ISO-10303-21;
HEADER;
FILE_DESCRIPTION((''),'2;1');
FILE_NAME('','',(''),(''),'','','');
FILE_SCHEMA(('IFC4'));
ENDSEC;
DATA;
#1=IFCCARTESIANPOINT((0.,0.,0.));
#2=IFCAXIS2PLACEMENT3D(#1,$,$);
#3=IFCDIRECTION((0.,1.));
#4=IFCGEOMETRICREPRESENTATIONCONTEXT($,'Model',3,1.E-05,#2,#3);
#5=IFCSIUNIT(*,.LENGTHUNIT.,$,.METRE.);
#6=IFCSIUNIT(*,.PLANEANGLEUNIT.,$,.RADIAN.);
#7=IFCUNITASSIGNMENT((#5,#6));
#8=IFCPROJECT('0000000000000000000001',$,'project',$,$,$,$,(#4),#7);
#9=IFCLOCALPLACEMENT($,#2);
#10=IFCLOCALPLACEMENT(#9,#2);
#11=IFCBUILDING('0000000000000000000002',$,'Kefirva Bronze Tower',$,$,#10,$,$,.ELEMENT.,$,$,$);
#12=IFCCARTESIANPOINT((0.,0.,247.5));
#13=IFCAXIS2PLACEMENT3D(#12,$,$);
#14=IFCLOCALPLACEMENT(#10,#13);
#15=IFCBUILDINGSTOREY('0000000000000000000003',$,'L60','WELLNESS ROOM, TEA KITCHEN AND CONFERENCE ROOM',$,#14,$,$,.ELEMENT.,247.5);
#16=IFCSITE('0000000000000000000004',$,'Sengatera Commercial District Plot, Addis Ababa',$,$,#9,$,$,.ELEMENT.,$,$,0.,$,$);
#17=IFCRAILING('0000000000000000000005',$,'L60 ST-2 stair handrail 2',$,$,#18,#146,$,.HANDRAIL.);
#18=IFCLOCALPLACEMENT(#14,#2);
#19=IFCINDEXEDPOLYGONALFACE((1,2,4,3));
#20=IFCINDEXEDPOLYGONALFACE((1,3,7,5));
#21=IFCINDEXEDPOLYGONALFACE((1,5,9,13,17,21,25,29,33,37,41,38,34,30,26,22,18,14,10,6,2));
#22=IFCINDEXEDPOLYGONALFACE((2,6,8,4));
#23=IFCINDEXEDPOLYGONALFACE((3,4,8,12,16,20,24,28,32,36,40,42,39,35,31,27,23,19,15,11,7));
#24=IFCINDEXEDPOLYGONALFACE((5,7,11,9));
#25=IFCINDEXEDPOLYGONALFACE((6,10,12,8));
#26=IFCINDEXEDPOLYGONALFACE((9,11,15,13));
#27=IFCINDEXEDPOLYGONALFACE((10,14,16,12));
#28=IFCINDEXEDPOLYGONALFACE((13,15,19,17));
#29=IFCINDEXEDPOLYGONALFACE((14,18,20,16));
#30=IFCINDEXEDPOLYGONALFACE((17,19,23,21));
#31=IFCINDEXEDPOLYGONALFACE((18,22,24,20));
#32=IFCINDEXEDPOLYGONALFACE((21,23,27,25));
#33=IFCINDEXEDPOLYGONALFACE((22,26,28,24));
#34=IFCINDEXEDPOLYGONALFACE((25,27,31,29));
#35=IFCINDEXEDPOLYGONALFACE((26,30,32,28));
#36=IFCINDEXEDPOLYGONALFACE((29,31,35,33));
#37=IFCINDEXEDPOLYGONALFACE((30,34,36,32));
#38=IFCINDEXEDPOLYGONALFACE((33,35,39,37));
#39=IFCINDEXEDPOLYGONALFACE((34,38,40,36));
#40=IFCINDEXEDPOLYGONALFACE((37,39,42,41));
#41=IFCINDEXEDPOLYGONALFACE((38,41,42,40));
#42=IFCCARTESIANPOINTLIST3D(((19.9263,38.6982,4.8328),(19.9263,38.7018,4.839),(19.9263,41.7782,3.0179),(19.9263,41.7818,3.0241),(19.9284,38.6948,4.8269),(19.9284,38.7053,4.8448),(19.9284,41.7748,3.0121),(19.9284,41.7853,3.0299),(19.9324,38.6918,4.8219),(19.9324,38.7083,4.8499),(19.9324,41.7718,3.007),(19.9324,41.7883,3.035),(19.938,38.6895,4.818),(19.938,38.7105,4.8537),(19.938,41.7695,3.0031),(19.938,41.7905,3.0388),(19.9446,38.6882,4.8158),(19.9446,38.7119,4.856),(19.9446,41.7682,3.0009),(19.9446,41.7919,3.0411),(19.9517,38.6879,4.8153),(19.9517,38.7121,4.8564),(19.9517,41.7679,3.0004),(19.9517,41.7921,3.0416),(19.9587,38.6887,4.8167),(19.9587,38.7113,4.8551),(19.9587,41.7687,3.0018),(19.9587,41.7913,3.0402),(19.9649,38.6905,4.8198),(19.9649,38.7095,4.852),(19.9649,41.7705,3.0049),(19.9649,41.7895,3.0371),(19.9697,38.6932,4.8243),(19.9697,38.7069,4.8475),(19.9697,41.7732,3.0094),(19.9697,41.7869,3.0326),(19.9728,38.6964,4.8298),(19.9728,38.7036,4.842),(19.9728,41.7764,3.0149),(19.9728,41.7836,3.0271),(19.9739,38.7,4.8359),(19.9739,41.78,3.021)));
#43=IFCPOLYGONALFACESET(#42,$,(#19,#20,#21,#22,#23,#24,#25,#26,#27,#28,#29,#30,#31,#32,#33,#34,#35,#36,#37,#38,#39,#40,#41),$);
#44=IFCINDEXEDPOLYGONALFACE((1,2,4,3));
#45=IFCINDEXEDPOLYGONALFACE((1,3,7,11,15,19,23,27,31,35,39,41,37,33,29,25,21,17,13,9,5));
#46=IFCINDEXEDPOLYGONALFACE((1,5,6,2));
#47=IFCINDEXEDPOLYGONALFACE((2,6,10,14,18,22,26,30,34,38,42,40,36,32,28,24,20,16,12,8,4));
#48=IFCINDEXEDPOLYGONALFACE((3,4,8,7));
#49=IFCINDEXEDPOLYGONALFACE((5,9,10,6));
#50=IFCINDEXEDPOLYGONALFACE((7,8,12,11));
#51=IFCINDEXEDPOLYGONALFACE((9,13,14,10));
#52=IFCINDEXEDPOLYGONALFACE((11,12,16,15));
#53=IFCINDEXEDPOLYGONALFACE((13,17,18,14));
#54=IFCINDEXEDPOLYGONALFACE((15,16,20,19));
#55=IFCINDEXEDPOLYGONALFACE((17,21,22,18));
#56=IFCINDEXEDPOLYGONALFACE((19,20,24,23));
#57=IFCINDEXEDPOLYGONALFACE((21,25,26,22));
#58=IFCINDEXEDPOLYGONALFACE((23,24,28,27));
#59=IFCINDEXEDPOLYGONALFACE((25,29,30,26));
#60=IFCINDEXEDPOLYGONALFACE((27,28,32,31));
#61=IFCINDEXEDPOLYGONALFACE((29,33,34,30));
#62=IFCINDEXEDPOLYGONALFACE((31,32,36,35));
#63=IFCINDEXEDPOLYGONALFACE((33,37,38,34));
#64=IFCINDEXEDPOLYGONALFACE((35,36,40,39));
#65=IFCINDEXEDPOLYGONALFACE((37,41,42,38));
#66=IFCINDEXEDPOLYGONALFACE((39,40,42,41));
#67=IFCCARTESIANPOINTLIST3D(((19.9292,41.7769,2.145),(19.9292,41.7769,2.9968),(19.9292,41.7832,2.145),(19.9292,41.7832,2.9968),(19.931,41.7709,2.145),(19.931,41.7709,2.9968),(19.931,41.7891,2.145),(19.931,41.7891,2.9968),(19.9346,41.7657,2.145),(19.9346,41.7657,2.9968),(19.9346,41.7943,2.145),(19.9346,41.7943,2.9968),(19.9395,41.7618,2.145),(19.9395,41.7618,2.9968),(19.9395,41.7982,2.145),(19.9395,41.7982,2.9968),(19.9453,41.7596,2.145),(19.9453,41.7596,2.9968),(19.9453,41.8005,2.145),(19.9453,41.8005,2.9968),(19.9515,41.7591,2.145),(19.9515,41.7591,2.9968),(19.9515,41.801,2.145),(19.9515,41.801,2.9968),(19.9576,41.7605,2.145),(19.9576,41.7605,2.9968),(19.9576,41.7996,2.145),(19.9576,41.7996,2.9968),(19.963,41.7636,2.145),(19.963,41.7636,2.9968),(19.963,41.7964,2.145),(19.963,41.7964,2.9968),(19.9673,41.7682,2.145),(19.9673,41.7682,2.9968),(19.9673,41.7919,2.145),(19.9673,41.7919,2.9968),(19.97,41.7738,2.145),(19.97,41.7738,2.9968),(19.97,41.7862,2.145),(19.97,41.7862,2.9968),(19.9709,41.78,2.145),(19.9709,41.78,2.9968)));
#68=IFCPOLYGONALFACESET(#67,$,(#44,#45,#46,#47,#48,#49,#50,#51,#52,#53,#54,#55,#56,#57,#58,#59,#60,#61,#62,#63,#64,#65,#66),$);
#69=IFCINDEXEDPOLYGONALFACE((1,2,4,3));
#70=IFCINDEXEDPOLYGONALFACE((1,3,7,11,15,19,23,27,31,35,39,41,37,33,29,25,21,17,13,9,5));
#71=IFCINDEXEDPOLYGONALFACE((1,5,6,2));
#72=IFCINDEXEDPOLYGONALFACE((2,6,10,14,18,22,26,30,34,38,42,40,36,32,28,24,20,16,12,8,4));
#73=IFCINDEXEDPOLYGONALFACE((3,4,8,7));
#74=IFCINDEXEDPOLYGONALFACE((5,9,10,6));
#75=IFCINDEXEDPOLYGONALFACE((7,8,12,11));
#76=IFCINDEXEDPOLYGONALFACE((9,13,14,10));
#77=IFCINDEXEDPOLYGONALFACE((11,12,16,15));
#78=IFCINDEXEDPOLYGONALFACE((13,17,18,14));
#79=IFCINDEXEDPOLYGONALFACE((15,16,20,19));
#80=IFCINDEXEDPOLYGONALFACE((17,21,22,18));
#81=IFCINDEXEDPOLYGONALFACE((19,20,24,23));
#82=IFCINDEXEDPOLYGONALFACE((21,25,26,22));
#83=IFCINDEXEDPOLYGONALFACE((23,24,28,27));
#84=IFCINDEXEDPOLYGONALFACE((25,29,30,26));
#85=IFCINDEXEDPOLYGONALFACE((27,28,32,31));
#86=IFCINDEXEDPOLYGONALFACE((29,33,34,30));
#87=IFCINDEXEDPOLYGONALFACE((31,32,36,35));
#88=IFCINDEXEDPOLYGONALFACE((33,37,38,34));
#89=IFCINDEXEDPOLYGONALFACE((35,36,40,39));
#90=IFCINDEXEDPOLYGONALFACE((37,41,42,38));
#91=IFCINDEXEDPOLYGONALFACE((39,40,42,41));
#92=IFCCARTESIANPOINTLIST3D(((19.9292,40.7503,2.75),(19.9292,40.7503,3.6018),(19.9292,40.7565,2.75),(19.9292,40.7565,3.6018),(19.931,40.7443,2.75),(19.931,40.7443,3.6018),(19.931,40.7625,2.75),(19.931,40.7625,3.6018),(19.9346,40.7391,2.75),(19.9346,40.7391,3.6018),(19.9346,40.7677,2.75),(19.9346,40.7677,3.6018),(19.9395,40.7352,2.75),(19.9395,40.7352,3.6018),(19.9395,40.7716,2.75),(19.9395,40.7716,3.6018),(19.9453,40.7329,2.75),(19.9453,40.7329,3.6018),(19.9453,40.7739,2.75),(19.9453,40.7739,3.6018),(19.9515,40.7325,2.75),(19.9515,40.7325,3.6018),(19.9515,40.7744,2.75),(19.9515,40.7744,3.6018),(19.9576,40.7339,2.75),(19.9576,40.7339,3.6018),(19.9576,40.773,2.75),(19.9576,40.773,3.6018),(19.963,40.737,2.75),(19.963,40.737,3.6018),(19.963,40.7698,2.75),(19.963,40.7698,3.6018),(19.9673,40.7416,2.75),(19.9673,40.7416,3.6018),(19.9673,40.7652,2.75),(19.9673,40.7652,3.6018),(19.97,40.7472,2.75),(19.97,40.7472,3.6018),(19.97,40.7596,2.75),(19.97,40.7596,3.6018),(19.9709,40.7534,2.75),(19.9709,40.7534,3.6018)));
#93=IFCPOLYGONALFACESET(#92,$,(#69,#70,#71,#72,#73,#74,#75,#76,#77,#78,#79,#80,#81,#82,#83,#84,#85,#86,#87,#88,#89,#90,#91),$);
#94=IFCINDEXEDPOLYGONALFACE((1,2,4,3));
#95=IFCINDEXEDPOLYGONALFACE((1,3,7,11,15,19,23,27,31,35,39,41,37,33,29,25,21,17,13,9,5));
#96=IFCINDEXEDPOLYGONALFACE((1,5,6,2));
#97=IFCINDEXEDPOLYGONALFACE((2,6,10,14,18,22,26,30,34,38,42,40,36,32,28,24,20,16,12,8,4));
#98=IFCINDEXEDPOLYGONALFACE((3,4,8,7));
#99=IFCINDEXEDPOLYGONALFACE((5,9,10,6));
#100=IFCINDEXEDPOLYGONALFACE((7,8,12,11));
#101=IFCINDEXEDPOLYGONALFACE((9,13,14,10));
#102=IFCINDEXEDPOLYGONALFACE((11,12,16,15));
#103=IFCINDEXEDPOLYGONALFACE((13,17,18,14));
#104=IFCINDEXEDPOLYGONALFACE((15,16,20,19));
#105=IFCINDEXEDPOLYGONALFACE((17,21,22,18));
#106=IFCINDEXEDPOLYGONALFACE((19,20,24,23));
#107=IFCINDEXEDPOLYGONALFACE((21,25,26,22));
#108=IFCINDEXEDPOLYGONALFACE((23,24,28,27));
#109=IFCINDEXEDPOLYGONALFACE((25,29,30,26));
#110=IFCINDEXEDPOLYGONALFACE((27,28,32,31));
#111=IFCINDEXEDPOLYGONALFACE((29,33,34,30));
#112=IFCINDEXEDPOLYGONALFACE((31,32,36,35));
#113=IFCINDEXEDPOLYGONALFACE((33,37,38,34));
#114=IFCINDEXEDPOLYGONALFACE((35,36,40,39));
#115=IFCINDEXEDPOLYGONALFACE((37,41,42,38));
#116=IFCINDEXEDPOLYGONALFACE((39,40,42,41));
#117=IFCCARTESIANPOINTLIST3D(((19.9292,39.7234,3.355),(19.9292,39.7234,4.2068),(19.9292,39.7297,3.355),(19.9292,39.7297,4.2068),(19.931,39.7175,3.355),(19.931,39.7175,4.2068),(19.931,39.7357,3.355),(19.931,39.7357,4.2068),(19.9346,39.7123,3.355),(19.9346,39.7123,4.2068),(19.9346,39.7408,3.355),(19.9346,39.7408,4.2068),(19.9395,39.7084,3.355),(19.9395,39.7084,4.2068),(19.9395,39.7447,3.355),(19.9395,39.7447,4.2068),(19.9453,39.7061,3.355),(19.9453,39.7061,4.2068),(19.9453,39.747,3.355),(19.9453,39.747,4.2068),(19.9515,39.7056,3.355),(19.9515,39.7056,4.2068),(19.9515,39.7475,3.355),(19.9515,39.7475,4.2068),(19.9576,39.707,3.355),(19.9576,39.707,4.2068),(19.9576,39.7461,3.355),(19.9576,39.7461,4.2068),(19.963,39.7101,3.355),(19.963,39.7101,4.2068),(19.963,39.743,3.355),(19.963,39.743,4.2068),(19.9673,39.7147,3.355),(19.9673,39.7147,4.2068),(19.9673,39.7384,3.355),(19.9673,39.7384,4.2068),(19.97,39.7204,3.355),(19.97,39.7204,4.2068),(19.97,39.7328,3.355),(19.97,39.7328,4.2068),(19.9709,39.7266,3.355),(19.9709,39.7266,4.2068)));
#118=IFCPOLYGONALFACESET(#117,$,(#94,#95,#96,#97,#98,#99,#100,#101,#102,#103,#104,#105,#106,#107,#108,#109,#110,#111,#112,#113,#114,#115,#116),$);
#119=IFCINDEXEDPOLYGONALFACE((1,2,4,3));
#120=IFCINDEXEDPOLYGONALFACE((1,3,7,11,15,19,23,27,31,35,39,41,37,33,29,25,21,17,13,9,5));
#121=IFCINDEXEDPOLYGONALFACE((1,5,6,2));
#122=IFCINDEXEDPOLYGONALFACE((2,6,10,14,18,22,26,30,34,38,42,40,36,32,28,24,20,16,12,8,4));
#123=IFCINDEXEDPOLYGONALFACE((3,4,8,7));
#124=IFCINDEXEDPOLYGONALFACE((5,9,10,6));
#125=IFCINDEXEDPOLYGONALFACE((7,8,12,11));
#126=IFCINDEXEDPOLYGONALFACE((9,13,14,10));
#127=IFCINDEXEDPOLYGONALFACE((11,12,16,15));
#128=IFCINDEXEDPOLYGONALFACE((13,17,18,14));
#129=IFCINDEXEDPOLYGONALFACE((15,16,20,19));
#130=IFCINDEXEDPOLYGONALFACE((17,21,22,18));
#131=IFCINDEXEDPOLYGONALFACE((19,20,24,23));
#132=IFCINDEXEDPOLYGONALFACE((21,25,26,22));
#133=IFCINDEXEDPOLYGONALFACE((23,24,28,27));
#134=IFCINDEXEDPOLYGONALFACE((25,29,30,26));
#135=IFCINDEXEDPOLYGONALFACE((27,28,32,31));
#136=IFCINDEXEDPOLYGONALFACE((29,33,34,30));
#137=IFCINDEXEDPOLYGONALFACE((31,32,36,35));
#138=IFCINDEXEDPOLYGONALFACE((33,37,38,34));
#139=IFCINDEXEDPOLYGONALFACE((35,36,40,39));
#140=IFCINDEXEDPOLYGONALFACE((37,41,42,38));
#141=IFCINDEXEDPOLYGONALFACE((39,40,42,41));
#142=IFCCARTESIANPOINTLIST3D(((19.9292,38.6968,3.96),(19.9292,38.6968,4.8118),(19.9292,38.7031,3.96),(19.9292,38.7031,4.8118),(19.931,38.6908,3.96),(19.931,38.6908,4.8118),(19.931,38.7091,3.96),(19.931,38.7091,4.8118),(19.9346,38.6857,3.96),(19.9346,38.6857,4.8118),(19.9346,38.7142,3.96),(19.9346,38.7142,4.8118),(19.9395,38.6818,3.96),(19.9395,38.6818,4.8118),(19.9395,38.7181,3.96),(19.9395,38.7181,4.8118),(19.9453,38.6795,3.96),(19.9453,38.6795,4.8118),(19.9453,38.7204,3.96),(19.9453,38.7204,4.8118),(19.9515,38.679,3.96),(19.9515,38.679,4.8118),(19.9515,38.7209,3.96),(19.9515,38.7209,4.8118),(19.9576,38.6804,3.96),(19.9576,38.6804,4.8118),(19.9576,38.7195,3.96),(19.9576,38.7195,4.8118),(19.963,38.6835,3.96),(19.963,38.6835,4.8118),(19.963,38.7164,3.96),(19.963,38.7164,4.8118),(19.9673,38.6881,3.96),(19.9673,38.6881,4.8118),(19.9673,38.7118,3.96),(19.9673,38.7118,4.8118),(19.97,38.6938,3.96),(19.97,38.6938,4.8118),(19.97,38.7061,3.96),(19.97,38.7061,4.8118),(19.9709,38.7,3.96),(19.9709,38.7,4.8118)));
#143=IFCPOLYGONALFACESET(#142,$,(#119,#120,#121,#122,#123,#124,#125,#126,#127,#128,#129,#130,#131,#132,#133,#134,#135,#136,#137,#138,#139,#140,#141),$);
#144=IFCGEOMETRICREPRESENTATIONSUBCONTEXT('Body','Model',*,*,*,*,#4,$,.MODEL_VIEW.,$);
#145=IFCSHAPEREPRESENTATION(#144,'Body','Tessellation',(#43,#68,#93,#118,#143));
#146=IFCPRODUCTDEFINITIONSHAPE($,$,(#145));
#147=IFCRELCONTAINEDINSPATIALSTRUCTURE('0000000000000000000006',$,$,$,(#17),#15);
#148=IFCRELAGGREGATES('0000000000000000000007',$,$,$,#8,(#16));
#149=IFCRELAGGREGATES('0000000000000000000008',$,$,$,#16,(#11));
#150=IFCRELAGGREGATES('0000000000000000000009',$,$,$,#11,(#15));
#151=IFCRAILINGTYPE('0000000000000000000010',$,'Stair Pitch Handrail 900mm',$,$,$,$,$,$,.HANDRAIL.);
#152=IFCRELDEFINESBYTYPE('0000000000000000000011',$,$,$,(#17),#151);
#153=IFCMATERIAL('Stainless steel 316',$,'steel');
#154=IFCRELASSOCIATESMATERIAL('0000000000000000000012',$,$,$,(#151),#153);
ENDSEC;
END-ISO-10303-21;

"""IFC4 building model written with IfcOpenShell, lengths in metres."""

from ifc_helpers import new_model, si_unit, direction, frame, origin, origin_2d, place, context, subcontext, project, spatial, circle, extrude, material, type_object, element, save


model = new_model("IFC4")

# Units and contexts
model_context = context("Model", 3, precision=1e-05, world=origin(), true_north=direction((0.0, 1.0)))
body_context = subcontext(model_context, "Body", "Model", "MODEL_VIEW")
ifc_project = project(units=[si_unit("LENGTHUNIT", "METRE"), si_unit("PLANEANGLEUNIT", "RADIAN")], contexts=[model_context])

# Site, building, storey
site_placement = place(None, origin())
site = spatial("IfcSite", under=ifc_project, at=site_placement, Name="Sengatera Commercial District Plot, Addis Ababa", CompositionType="ELEMENT", RefElevation=0.0)
building_placement = place(site_placement, origin())
building = spatial("IfcBuilding", under=site, at=building_placement, Name="Kefirva Bronze Tower", CompositionType="ELEMENT")
storey_placement = place(building_placement, frame((0.0, 0.0, 247.5)))
storey = spatial("IfcBuildingStorey", under=building, at=storey_placement, Name="L60", Description="WELLNESS ROOM, TEA KITCHEN AND CONFERENCE ROOM", CompositionType="ELEMENT", Elevation=247.5)

# Shared definitions
ifc_material_1 = material(Name="Stainless steel 316", Category="steel")

# Railing
railing_type_1 = type_object("IfcRailingType", Name="Stair Pitch Handrail 900mm", PredefinedType="HANDRAIL", material=ifc_material_1)
railing_1_placement = place(storey_placement, frame((19.95, 41.78, 2.145)))
element("IfcRailing", 1, at=railing_1_placement, inside=storey, type_object=railing_type_1, Name="L60 ST-2 stair handrail 2", PredefinedType="HANDRAIL", context=body_context, shape_type="SweptSolid", body=[
    extrude(circle(Radius=0.0239, at=origin_2d()), frame((0.0, 0.0, 0.876), z_axis=(0.0, -0.861551, 0.507671), x_axis=(1.0, 0.0, 0.0)), (0.0, 0.0, 1.0), 3.575),
    extrude(circle(Radius=0.021, at=origin_2d()), origin(), (0.0, 0.0, 1.0), 0.8518),
    extrude(circle(Radius=0.021, at=origin_2d()), frame((0.0, -1.0266, 0.605)), (0.0, 0.0, 1.0), 0.8518),
    extrude(circle(Radius=0.021, at=origin_2d()), frame((0.0, -2.0535, 1.21)), (0.0, 0.0, 1.0), 0.8518),
    extrude(circle(Radius=0.021, at=origin_2d()), frame((0.0, -3.0801, 1.8149)), (0.0, 0.0, 1.0), 0.8518),
])

save(model, "model.ifc")
